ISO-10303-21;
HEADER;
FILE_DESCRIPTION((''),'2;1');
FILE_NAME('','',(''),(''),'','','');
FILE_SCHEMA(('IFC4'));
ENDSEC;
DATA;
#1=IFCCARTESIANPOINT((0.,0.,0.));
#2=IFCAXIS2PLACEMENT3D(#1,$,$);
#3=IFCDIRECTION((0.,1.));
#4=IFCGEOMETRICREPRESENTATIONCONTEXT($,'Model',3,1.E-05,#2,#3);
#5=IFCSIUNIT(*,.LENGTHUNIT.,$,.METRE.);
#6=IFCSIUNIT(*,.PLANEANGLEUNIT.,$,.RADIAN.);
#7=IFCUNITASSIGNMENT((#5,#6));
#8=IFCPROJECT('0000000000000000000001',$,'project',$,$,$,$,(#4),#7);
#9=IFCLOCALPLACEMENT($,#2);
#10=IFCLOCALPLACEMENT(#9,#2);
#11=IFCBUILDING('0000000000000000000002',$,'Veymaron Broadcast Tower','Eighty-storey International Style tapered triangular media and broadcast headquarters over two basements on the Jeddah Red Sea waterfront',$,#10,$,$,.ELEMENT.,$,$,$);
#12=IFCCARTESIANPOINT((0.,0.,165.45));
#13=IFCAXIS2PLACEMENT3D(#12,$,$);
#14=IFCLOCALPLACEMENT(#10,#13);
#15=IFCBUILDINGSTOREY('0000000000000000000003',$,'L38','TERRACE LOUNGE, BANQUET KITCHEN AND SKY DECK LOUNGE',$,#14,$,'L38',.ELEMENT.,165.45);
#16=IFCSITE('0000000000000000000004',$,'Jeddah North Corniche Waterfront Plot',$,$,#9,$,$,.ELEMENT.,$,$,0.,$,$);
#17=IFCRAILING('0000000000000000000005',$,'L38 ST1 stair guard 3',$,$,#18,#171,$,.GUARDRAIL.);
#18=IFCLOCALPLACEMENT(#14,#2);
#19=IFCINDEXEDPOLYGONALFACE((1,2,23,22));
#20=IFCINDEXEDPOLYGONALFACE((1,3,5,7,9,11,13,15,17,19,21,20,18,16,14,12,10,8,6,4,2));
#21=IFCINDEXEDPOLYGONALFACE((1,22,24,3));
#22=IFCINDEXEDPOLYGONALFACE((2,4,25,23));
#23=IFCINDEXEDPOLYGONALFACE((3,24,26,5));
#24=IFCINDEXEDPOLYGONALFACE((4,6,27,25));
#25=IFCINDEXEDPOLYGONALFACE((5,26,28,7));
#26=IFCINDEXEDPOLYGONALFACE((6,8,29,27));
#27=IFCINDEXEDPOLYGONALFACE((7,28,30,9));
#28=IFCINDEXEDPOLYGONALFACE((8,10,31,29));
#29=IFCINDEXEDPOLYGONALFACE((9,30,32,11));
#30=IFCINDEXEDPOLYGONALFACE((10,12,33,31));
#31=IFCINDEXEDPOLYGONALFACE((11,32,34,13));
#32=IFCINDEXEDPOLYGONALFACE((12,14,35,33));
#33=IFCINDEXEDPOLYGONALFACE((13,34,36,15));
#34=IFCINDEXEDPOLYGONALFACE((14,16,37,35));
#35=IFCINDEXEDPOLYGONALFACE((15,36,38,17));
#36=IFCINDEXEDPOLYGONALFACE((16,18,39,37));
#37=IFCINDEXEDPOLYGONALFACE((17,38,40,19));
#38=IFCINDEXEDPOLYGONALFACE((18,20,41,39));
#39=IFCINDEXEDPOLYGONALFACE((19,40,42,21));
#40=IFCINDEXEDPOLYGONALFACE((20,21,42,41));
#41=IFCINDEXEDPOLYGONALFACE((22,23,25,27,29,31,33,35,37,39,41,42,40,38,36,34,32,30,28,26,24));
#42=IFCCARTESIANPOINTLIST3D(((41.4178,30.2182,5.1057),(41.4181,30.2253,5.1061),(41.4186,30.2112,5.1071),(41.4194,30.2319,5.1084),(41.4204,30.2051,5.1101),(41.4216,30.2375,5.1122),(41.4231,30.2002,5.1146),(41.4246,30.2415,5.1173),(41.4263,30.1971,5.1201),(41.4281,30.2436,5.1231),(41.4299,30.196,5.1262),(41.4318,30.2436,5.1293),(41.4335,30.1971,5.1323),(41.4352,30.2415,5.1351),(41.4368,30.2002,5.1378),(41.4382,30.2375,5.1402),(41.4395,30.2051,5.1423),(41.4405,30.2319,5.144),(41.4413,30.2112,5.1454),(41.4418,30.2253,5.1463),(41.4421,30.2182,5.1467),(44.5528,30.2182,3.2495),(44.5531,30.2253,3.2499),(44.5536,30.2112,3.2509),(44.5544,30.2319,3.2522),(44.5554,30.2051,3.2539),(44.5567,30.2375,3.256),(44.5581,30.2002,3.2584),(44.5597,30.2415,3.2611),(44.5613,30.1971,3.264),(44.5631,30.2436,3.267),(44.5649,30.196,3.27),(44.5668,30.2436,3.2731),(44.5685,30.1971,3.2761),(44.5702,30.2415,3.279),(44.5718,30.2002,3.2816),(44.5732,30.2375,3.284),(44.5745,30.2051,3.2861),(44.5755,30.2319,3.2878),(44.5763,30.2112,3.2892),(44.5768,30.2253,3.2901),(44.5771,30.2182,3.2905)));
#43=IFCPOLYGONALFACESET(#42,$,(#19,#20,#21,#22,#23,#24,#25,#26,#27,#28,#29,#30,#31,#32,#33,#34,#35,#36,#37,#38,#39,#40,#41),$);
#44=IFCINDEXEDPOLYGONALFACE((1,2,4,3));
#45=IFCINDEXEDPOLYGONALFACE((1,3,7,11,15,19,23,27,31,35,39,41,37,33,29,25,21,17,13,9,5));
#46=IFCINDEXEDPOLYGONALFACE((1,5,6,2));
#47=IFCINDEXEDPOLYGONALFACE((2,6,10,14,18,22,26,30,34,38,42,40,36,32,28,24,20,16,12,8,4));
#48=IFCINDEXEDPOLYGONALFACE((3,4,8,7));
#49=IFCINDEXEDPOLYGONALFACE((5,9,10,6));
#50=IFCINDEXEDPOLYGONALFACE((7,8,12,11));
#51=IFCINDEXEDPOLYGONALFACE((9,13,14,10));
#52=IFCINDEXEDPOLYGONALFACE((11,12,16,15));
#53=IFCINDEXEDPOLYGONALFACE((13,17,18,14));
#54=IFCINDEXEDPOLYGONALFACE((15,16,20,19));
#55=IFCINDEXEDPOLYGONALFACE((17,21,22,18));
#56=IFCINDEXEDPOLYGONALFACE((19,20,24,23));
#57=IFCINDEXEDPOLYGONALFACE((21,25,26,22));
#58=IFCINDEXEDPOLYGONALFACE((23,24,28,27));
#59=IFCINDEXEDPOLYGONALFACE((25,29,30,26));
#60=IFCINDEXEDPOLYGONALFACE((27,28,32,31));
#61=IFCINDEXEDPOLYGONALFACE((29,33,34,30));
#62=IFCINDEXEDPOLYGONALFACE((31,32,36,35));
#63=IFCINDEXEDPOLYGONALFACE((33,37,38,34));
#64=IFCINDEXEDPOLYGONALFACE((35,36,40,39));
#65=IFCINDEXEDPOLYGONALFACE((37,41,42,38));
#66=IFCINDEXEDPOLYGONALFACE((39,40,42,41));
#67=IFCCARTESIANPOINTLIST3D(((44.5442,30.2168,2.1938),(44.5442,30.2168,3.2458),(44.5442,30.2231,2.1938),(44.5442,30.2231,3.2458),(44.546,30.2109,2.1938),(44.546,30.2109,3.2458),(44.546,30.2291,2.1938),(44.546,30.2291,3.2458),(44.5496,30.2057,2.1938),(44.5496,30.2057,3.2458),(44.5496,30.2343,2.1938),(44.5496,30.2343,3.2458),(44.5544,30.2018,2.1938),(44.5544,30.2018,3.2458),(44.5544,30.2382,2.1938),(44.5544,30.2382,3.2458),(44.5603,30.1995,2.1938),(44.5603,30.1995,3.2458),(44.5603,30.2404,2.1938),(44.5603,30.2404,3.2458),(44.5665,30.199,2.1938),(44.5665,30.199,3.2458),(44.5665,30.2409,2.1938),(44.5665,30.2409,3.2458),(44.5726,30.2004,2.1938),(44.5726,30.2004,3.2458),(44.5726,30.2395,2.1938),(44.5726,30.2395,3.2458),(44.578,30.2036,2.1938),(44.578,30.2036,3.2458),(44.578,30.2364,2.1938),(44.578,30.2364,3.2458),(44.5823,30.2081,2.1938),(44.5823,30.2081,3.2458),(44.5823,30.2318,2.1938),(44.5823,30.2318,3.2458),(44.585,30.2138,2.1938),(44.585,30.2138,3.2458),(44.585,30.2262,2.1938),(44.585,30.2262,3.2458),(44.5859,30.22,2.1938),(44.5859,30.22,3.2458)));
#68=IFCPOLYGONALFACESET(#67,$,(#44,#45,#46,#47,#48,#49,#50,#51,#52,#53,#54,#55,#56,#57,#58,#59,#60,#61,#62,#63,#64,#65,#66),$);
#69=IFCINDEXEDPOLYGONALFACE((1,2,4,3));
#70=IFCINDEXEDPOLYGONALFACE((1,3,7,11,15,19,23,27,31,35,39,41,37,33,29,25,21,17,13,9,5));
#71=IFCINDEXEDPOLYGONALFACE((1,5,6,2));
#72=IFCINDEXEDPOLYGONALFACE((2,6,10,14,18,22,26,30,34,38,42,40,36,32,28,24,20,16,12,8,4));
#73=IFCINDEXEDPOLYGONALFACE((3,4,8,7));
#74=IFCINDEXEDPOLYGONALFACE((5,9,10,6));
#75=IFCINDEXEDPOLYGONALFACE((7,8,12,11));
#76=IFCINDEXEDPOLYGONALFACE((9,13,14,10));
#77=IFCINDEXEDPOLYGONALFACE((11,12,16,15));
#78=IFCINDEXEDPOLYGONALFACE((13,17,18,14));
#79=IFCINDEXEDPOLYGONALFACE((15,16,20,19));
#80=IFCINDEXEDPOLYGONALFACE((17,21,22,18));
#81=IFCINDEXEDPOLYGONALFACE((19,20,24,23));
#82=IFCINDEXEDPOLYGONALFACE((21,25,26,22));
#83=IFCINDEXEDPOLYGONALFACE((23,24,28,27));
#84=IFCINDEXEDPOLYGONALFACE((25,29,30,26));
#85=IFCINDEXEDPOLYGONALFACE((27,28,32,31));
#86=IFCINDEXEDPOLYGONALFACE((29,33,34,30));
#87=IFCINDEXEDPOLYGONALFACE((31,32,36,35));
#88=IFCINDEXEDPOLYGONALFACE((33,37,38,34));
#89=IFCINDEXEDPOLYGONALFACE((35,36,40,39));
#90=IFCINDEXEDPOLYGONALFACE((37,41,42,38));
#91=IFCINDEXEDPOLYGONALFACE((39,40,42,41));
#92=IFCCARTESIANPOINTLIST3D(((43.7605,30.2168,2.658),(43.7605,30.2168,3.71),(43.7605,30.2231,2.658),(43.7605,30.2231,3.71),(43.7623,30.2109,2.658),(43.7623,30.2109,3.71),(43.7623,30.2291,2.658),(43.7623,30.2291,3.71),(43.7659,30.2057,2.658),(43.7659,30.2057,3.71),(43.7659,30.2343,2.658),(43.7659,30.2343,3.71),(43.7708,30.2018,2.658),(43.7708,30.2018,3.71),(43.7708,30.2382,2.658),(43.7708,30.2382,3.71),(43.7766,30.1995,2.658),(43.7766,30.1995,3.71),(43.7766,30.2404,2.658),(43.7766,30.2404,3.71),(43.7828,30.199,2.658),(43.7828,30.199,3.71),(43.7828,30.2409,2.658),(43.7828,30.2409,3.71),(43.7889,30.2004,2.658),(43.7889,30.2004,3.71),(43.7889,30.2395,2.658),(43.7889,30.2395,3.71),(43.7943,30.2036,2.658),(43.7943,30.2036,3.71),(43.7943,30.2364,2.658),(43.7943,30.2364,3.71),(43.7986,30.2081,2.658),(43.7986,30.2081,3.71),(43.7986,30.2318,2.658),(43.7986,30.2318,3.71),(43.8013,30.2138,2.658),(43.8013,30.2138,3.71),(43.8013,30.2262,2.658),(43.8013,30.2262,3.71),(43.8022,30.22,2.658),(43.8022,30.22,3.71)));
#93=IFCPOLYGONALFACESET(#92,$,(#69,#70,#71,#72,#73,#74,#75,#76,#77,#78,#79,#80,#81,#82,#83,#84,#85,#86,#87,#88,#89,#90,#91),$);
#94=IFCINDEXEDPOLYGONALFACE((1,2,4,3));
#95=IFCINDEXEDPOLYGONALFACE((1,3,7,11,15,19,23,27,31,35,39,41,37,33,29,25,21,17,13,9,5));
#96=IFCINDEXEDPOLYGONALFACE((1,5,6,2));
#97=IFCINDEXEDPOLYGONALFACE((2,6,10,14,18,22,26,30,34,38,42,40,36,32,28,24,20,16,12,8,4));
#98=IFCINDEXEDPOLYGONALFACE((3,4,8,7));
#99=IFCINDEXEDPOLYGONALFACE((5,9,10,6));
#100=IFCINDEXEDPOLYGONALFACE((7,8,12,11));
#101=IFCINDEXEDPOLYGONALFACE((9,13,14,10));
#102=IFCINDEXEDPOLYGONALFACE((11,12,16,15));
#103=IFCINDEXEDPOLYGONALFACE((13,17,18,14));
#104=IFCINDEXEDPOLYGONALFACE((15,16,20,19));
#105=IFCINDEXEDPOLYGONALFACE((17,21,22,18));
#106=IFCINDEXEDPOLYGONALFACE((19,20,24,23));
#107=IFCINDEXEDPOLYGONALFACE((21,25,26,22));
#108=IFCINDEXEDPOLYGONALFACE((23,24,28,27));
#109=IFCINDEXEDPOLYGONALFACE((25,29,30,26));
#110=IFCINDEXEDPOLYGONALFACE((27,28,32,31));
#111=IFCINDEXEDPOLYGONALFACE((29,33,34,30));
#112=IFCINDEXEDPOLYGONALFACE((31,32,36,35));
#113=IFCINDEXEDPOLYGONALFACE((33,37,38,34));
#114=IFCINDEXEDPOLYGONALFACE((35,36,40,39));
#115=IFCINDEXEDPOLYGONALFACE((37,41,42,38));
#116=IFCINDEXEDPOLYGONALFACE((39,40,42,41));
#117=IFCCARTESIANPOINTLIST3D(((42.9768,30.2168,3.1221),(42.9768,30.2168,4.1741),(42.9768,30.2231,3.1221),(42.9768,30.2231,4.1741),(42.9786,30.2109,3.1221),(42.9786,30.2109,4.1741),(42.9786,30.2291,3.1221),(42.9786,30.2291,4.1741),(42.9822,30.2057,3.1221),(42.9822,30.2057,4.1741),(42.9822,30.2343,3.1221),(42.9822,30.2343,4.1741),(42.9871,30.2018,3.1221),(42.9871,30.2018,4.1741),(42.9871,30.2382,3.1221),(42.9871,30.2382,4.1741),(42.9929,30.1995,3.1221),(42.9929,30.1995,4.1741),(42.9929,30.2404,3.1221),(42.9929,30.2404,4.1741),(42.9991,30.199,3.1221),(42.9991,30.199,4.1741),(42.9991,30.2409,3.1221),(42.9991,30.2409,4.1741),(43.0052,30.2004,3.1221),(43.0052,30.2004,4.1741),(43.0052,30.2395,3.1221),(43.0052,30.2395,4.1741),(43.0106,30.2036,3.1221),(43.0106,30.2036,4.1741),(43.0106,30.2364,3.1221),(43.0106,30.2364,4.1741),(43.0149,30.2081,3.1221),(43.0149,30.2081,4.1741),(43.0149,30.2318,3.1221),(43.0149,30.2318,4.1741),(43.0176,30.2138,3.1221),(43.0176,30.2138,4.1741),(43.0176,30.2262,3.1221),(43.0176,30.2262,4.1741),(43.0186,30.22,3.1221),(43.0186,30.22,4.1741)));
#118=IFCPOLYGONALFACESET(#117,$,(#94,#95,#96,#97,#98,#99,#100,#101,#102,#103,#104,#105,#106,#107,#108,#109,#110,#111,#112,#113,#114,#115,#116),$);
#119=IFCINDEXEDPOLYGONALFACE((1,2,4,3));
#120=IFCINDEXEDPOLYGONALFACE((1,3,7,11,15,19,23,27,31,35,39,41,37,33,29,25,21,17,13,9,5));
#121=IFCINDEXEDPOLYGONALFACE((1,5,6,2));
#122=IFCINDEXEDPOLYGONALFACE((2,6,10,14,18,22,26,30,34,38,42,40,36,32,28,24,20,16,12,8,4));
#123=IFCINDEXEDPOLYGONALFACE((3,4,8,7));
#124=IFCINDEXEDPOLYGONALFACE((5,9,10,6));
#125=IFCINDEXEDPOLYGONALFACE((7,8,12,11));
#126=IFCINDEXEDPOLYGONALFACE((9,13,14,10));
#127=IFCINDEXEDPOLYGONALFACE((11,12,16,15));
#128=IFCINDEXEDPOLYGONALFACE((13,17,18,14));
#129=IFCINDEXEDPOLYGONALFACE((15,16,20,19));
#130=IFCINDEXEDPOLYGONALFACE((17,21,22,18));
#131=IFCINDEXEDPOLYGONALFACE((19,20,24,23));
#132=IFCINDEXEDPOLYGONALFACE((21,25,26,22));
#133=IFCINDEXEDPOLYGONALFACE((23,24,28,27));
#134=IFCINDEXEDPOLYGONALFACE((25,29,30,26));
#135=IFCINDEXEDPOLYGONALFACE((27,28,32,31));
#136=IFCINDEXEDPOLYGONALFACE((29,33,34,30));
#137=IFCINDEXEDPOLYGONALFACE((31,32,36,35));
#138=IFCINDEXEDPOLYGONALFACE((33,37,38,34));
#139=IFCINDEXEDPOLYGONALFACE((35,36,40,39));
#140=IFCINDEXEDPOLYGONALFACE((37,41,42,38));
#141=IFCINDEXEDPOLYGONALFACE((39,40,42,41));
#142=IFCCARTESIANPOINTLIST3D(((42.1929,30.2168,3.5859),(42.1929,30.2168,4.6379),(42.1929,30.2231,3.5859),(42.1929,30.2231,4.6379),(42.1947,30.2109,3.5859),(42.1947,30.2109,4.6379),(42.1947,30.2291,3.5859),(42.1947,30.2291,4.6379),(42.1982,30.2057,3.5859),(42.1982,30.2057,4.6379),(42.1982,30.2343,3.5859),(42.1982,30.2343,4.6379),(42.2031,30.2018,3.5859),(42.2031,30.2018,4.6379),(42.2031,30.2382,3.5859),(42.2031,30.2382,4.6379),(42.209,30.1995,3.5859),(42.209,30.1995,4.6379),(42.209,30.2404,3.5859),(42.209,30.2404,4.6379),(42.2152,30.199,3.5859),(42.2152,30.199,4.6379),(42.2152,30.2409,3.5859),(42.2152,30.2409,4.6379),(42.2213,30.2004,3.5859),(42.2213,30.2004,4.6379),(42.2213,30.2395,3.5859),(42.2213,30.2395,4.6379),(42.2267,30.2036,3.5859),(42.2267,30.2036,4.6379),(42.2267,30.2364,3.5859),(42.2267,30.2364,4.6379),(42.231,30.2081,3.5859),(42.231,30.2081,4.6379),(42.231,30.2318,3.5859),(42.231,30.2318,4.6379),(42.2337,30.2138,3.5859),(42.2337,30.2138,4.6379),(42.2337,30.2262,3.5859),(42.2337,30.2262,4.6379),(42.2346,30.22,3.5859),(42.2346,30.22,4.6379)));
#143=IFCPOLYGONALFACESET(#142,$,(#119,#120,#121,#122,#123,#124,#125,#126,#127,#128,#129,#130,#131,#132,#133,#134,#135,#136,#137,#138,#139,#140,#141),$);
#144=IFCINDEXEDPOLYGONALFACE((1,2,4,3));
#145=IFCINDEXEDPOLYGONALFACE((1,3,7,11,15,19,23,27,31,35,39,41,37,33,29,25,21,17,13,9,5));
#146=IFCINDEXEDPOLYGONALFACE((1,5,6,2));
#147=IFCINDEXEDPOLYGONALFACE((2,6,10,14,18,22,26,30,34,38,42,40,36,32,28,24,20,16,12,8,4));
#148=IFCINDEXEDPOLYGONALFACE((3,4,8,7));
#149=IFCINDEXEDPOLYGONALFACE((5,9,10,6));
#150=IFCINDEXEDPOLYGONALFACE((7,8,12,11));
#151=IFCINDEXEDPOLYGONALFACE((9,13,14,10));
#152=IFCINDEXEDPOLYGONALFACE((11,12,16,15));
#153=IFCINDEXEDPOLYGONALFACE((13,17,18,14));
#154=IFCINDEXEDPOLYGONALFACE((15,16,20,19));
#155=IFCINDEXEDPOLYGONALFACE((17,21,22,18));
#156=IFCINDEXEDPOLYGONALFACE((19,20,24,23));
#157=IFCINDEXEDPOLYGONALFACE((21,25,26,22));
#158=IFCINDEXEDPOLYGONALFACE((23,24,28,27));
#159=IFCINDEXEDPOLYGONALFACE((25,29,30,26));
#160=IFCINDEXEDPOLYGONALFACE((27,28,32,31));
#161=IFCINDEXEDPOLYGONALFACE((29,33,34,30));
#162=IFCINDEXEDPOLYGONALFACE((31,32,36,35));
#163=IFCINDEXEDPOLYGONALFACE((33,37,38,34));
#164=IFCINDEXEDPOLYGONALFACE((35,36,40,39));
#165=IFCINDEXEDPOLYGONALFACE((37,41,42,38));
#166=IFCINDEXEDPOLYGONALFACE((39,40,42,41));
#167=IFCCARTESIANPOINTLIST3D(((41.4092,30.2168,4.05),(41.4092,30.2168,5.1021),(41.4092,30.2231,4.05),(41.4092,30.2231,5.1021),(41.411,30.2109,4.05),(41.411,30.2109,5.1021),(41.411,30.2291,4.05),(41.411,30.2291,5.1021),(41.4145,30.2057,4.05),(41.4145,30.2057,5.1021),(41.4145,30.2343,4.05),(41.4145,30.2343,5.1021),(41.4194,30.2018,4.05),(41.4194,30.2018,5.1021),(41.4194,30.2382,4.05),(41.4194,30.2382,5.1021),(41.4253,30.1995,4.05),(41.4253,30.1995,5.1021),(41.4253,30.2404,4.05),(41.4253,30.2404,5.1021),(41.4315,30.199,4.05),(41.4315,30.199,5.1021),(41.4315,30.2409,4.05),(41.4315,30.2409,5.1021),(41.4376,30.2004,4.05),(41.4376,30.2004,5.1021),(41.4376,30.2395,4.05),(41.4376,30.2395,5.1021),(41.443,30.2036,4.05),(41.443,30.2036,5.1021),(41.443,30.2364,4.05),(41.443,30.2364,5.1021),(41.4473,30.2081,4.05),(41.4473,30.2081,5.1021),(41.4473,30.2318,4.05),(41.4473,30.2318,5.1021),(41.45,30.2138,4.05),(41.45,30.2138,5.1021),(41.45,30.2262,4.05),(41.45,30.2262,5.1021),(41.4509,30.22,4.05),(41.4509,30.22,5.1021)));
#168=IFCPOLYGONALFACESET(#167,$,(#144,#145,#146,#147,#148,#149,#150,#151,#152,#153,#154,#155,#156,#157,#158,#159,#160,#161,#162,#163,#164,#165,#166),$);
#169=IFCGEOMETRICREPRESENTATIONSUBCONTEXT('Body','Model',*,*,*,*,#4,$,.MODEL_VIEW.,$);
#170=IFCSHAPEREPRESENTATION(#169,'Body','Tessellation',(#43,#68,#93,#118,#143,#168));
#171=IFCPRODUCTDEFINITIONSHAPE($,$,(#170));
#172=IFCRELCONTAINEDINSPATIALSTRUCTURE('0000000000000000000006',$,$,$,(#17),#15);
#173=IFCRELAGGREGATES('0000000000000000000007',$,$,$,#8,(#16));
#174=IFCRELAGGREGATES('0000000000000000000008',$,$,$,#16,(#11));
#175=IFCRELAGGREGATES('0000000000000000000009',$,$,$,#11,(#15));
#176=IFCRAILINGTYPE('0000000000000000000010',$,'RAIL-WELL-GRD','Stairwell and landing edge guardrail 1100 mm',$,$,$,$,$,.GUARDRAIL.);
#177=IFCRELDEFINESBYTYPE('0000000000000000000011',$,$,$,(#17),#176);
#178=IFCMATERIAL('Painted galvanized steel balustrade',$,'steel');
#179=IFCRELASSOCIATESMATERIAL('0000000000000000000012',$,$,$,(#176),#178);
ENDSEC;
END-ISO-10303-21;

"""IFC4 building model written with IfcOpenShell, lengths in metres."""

from ifc_helpers import new_model, si_unit, direction, frame, origin, origin_2d, place, context, subcontext, project, spatial, circle, extrude, material, type_object, element, save


model = new_model("IFC4")

# Units and contexts
model_context = context("Model", 3, precision=1e-05, world=origin(), true_north=direction((0.0, 1.0)))
body_context = subcontext(model_context, "Body", "Model", "MODEL_VIEW")
ifc_project = project(units=[si_unit("LENGTHUNIT", "METRE"), si_unit("PLANEANGLEUNIT", "RADIAN")], contexts=[model_context])

# Site, building, storey
site_placement = place(None, origin())
site = spatial("IfcSite", under=ifc_project, at=site_placement, Name="Jeddah North Corniche Waterfront Plot", CompositionType="ELEMENT", RefElevation=0.0)
building_placement = place(site_placement, origin())
building = spatial("IfcBuilding", under=site, at=building_placement, Name="Veymaron Broadcast Tower", Description="Eighty-storey International Style tapered triangular media and broadcast headquarters over two basements on the Jeddah Red Sea waterfront", CompositionType="ELEMENT")
storey_placement = place(building_placement, frame((0.0, 0.0, 165.45)))
storey = spatial("IfcBuildingStorey", under=building, at=storey_placement, Name="L38", Description="TERRACE LOUNGE, BANQUET KITCHEN AND SKY DECK LOUNGE", LongName="L38", CompositionType="ELEMENT", Elevation=165.45)

# Railing
ifc_material_1 = material(Name="Painted galvanized steel balustrade", Category="steel")
railing_type_1 = type_object("IfcRailingType", Name="RAIL-WELL-GRD", Description="Stairwell and landing edge guardrail 1100 mm", PredefinedType="GUARDRAIL", material=ifc_material_1)
railing_1_placement = place(storey_placement, frame((44.5649, 30.22, 2.1938)))
element("IfcRailing", 1, at=railing_1_placement, inside=storey, type_object=railing_type_1, Name="L38 ST1 stair guard 3", PredefinedType="GUARDRAIL", context=body_context, shape_type="SweptSolid", body=[
    extrude(circle(Radius=0.0239, at=origin_2d()), frame((0.0, 0.0, 1.0762), z_axis=(-0.860482, 0.0, 0.509481), x_axis=(0.0, -1.0, 0.0)), (0.0, 0.0, 1.0), 3.6433),
    extrude(circle(Radius=0.021, at=origin_2d()), origin(), (0.0, 0.0, 1.0), 1.052),
    extrude(circle(Radius=0.021, at=origin_2d()), frame((-0.7837, 0.0, 0.4641)), (0.0, 0.0, 1.0), 1.052),
    extrude(circle(Radius=0.021, at=origin_2d()), frame((-1.5674, 0.0, 0.9282)), (0.0, 0.0, 1.0), 1.052),
    extrude(circle(Radius=0.021, at=origin_2d()), frame((-2.3513, 0.0, 1.3921)), (0.0, 0.0, 1.0), 1.052),
    extrude(circle(Radius=0.021, at=origin_2d()), frame((-3.135, 0.0, 1.8562)), (0.0, 0.0, 1.0), 1.052),
])

save(model, "model.ifc")
